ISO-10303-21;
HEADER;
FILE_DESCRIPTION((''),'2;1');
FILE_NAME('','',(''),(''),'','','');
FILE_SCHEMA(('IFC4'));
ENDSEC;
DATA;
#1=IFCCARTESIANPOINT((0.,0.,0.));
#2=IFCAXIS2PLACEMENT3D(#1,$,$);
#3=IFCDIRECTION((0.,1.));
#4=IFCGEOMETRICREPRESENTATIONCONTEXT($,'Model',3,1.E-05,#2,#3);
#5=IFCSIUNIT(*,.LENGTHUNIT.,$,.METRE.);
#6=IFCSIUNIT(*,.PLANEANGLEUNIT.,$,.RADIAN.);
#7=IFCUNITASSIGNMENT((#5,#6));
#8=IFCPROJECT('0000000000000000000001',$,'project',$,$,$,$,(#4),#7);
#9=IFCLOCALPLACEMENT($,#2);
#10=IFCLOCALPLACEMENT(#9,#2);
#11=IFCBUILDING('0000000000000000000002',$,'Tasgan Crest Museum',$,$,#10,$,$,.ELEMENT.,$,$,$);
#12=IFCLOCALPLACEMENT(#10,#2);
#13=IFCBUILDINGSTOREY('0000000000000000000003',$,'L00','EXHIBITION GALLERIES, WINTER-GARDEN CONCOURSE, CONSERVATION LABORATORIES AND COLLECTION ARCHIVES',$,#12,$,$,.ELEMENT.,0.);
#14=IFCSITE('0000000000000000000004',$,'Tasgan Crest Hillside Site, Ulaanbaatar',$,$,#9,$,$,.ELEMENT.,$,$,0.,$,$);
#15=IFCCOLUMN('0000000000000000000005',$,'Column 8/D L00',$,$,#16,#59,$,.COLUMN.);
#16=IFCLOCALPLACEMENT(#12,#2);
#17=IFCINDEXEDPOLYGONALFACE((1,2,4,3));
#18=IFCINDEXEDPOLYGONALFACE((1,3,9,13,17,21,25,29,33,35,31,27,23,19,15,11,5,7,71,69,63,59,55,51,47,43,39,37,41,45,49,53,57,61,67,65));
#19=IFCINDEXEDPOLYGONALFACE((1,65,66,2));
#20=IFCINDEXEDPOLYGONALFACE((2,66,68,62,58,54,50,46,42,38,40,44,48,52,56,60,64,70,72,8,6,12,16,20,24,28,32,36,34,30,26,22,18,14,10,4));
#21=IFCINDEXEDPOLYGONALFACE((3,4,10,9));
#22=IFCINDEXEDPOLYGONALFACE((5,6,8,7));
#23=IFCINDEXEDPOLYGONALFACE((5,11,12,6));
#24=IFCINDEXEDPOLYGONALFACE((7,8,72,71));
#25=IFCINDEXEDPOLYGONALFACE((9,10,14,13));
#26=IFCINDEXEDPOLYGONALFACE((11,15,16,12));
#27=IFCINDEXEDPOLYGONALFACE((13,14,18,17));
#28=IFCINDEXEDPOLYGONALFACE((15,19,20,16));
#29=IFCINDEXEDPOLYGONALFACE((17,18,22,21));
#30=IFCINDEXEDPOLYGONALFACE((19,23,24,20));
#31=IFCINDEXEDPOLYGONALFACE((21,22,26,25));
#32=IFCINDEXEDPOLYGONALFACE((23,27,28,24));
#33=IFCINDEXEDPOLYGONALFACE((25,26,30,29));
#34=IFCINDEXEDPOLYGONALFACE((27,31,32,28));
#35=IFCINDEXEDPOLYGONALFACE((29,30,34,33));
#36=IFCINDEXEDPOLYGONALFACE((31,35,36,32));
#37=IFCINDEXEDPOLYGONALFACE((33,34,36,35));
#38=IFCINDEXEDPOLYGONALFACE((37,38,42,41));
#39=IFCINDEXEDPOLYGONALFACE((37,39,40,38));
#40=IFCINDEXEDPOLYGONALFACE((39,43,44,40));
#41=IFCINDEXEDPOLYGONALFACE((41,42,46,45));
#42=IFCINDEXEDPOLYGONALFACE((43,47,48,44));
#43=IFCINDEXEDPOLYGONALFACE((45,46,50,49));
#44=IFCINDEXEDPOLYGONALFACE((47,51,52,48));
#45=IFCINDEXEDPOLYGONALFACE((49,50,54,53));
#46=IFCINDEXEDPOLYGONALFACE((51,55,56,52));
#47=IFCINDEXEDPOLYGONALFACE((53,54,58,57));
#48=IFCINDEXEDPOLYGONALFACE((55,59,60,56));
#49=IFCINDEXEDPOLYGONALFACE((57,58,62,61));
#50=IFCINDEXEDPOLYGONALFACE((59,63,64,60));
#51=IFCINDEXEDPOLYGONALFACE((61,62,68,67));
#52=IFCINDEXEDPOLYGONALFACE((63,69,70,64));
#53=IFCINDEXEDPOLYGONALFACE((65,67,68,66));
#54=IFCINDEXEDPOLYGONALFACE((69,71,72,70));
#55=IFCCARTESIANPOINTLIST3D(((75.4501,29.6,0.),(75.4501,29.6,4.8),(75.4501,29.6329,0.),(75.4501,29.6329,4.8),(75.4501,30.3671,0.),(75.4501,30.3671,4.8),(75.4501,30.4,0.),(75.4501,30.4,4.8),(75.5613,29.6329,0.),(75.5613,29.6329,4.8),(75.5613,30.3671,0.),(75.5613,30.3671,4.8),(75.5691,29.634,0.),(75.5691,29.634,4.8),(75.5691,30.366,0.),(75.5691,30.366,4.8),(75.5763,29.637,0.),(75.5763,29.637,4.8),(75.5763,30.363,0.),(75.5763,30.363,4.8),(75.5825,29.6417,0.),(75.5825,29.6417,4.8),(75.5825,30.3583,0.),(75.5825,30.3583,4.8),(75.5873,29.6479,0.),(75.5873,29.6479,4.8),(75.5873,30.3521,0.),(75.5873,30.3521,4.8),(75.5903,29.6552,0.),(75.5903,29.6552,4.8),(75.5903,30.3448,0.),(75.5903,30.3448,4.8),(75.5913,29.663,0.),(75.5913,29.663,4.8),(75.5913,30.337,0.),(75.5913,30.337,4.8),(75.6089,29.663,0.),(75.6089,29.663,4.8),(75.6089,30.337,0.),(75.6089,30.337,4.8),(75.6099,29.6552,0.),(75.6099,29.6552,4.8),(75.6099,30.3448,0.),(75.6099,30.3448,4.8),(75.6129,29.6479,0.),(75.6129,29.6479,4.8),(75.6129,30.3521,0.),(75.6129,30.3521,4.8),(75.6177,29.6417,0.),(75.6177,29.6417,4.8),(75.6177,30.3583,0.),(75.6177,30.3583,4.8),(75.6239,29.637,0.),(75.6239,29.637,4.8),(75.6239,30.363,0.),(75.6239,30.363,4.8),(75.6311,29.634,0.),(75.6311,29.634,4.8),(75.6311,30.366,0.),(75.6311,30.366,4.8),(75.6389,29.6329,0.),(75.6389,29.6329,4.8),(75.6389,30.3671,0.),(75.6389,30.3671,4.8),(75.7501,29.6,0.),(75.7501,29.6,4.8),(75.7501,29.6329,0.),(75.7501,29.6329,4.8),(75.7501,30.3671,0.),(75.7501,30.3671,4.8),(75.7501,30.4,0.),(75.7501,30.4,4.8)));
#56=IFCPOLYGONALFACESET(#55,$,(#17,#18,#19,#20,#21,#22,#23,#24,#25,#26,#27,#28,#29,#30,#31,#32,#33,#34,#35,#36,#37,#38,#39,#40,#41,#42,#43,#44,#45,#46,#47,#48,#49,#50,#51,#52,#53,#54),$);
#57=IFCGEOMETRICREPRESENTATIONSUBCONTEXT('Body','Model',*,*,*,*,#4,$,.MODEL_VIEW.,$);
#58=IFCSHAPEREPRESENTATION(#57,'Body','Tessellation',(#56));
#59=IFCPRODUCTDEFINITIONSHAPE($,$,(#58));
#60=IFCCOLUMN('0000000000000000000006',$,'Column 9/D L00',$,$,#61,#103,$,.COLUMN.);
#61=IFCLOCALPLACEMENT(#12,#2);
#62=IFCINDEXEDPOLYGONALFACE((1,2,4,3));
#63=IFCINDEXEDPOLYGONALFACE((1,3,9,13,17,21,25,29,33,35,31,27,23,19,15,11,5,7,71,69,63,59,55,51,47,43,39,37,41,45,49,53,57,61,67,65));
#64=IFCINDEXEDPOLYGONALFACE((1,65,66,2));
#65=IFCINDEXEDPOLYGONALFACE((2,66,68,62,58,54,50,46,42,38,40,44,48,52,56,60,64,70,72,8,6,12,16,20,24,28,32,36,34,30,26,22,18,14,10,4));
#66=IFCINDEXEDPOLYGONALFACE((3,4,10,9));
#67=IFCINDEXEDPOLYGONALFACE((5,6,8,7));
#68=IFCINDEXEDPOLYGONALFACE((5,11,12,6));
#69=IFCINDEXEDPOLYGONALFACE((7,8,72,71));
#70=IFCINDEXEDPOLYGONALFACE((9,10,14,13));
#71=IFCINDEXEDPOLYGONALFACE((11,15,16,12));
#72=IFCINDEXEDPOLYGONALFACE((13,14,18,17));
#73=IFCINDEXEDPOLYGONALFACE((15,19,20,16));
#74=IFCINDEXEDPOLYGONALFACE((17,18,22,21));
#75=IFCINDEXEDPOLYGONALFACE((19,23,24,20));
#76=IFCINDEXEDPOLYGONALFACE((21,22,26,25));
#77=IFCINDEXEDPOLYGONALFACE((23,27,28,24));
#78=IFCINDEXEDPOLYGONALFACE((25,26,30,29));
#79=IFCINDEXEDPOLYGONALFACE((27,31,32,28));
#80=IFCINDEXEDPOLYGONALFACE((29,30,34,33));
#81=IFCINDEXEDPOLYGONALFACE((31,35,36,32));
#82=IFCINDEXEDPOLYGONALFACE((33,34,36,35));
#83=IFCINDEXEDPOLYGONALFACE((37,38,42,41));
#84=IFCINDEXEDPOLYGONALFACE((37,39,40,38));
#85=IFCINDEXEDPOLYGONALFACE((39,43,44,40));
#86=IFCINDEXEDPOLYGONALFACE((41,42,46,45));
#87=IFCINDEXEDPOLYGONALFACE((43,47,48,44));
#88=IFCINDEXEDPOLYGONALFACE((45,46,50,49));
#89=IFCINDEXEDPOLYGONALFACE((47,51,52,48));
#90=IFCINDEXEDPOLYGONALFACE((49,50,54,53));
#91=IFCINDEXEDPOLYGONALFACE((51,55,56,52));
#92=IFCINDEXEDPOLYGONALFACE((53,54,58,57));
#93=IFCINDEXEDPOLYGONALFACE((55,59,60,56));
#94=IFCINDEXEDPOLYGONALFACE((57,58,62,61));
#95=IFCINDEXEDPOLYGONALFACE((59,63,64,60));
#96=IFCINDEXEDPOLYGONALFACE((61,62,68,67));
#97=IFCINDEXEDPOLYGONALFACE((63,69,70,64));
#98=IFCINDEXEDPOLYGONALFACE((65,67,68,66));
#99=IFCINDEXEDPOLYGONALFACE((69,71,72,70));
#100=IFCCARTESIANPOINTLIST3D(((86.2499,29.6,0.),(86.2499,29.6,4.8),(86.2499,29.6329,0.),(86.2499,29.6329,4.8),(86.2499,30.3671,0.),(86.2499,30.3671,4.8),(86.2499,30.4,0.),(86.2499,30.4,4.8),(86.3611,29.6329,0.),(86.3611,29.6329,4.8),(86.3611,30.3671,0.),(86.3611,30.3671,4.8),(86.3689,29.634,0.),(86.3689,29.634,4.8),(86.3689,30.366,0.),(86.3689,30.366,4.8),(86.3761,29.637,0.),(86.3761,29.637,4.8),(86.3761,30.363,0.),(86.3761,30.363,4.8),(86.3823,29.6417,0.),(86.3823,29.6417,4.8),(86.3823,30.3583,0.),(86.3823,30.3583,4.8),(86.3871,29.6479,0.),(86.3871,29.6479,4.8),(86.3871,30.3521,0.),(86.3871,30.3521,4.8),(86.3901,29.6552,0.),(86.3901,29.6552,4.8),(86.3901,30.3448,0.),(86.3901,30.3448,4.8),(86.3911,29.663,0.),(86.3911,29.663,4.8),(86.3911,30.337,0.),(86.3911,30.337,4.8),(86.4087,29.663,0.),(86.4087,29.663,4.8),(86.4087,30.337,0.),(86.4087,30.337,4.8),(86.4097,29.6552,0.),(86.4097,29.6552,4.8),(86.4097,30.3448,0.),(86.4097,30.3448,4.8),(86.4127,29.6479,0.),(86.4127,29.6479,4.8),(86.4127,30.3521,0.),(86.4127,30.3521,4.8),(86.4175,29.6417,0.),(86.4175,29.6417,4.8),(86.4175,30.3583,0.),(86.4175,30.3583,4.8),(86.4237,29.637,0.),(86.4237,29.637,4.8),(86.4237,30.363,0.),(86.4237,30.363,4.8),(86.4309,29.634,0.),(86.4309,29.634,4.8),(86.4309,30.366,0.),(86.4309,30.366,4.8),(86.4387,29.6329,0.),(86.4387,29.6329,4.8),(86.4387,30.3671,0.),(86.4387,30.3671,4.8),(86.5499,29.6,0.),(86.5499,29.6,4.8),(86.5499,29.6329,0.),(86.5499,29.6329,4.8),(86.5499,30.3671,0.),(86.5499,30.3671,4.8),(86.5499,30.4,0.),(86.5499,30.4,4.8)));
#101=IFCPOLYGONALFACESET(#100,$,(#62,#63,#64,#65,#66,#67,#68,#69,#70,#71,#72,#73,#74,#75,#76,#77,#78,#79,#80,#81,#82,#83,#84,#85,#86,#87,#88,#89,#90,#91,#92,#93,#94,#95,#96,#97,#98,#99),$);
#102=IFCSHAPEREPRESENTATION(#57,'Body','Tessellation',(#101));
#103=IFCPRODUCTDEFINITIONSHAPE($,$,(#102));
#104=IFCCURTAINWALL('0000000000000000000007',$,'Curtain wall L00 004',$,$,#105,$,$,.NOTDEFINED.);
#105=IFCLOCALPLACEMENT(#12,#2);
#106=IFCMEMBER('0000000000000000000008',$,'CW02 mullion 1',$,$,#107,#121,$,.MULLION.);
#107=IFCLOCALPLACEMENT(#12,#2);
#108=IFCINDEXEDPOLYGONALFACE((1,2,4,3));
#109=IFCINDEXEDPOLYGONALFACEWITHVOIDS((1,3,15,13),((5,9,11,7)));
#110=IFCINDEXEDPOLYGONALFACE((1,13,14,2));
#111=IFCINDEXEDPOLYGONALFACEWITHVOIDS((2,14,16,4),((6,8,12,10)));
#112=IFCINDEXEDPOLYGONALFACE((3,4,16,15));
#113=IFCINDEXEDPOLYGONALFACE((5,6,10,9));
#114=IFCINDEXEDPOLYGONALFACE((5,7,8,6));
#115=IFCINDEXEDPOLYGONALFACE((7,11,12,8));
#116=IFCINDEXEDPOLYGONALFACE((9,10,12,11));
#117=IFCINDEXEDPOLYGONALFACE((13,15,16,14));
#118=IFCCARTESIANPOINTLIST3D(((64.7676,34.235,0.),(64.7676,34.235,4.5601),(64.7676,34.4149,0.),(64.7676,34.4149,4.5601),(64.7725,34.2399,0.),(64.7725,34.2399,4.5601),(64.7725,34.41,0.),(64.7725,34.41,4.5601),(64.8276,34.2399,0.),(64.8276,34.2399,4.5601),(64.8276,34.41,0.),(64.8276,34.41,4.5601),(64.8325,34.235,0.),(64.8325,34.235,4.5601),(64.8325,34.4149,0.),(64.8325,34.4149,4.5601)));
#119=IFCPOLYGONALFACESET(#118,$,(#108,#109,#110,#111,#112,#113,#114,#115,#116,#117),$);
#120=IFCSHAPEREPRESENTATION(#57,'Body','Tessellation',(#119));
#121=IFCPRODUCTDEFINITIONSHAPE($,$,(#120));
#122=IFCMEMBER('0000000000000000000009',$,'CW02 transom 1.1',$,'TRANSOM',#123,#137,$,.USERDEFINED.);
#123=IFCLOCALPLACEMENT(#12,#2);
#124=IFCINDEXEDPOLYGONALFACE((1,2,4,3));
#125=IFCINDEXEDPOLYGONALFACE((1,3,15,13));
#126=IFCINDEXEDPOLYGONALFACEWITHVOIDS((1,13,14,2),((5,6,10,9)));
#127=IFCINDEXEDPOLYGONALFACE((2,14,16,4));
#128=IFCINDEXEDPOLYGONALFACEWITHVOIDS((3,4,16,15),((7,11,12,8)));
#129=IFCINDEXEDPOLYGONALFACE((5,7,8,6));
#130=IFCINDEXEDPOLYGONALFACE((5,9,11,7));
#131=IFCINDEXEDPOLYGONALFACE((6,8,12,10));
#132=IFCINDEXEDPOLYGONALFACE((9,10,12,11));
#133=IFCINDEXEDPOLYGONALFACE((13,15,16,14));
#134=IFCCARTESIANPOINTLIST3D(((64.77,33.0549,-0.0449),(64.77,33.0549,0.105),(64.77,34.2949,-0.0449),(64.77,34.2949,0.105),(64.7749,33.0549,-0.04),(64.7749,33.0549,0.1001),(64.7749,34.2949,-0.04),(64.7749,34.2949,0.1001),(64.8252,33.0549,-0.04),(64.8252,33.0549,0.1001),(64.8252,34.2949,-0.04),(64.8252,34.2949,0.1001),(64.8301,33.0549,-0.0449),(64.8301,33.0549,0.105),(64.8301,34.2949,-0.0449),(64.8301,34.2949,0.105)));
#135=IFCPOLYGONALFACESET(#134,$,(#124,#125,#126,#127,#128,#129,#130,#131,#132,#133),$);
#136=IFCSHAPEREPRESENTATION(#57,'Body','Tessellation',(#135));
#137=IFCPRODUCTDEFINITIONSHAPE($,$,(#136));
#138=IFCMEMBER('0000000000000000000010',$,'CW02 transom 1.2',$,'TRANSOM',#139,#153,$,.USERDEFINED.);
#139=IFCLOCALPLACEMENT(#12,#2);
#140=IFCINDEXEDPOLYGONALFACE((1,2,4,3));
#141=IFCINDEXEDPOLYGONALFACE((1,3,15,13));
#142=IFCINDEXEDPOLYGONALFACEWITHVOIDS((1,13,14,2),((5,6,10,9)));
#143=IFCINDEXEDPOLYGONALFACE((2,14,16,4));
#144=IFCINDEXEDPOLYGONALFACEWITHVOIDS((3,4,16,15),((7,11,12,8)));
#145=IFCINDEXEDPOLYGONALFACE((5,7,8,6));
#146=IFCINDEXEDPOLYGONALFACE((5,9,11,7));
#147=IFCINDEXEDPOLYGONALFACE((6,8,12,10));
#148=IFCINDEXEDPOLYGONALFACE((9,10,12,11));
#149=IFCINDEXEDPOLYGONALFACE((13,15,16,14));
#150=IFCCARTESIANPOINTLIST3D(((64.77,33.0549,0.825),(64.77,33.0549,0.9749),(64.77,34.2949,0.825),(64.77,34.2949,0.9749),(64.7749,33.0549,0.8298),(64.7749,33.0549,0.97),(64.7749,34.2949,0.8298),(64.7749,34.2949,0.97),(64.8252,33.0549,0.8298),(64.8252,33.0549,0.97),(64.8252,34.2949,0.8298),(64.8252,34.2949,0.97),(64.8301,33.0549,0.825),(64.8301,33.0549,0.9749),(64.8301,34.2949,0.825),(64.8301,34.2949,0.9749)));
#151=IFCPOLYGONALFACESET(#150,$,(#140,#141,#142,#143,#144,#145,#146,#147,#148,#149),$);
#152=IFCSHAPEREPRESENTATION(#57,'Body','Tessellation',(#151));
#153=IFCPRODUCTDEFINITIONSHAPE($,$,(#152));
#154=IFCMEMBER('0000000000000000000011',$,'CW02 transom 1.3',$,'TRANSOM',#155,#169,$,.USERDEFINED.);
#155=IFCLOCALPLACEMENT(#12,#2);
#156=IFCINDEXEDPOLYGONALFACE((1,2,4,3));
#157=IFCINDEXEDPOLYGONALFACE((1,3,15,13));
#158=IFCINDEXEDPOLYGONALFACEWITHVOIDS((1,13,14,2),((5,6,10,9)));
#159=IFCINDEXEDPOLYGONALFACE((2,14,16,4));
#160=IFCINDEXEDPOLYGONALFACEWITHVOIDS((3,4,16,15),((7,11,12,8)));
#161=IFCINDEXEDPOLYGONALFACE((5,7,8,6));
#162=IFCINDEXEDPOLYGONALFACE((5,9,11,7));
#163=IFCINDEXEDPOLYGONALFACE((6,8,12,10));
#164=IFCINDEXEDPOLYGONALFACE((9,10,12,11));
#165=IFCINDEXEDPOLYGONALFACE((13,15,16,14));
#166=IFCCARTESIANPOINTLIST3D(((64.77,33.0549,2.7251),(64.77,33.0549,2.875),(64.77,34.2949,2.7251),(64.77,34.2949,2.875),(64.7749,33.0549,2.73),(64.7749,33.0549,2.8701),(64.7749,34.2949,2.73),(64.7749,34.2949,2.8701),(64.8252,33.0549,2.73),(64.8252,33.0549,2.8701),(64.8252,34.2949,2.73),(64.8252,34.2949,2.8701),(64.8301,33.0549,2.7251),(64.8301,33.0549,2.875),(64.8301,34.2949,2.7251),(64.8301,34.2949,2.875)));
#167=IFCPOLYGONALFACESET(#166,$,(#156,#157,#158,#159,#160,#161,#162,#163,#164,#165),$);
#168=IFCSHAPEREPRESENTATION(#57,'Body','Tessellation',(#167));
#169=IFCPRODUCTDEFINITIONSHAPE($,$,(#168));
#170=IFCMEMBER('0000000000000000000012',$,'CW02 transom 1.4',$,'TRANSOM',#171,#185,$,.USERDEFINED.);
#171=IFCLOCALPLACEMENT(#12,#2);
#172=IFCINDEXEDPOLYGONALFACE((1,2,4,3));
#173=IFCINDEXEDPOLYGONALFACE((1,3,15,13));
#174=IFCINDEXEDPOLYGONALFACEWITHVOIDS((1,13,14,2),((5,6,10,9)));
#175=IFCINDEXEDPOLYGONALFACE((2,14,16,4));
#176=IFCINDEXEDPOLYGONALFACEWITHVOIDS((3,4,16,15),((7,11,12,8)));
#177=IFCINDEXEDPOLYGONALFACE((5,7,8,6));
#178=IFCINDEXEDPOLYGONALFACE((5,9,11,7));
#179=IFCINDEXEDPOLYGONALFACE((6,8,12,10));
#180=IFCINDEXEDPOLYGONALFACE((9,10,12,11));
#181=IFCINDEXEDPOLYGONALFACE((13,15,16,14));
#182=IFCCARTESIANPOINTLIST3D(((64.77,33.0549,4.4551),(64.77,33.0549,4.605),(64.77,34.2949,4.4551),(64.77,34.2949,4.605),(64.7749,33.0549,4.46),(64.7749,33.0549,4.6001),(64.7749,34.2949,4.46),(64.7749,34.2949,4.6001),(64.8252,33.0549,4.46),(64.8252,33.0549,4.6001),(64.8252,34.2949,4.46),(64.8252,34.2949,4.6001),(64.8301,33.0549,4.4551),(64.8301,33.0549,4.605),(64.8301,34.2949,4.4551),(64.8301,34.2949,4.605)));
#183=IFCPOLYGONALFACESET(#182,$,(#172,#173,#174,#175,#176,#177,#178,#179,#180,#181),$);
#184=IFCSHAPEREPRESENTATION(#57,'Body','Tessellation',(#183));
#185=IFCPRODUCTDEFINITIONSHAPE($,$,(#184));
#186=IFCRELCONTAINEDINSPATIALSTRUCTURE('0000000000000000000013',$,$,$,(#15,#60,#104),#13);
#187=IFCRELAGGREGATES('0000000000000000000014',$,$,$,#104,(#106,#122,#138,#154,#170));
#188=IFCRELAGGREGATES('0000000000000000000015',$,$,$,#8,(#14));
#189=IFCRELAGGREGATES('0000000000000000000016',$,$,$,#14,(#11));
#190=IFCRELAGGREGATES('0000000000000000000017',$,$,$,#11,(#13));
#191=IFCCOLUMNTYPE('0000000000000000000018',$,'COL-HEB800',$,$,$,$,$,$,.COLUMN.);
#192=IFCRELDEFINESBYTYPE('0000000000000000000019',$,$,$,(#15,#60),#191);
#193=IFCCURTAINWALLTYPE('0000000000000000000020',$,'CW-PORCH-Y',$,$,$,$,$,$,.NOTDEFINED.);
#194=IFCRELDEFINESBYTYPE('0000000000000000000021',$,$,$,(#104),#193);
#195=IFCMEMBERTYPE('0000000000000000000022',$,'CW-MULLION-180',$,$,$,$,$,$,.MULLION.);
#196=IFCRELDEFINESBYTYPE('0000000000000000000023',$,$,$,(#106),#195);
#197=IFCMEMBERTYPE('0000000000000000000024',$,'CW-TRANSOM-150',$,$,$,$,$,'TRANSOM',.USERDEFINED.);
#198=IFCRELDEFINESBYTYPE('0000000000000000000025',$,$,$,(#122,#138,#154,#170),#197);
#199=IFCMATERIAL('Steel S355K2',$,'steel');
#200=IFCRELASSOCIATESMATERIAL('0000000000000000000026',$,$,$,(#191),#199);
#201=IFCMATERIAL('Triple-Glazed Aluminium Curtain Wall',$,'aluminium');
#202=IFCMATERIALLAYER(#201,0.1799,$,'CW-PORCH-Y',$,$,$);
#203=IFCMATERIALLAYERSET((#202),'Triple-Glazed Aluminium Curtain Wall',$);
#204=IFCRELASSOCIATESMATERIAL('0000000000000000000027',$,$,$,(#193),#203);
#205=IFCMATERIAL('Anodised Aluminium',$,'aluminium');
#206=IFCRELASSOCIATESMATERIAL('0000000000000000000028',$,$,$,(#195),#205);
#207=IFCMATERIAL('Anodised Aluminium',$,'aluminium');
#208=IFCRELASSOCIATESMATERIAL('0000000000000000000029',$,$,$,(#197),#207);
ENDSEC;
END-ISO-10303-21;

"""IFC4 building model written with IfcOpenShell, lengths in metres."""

from ifc_helpers import new_model, si_unit, direction, frame, origin, origin_2d, place, context, subcontext, project, spatial, hollow_rectangle, i_section, extrude, material, layer, layer_set, material_profile, profile_set, type_object, element, aggregate, save


model = new_model("IFC4")

# Units and contexts
model_context = context("Model", 3, precision=1e-05, world=origin(), true_north=direction((0.0, 1.0)))
body_context = subcontext(model_context, "Body", "Model", "MODEL_VIEW")
ifc_project = project(units=[si_unit("LENGTHUNIT", "METRE"), si_unit("PLANEANGLEUNIT", "RADIAN")], contexts=[model_context])

# Site, building, storey
site_placement = place(None, origin())
site = spatial("IfcSite", under=ifc_project, at=site_placement, Name="Tasgan Crest Hillside Site, Ulaanbaatar", CompositionType="ELEMENT", RefElevation=0.0)
building_placement = place(site_placement, origin())
building = spatial("IfcBuilding", under=site, at=building_placement, Name="Tasgan Crest Museum", CompositionType="ELEMENT")
storey_placement = place(building_placement, origin())
storey = spatial("IfcBuildingStorey", under=building, at=storey_placement, Name="L00", Description="EXHIBITION GALLERIES, WINTER-GARDEN CONCOURSE, CONSERVATION LABORATORIES AND COLLECTION ARCHIVES", CompositionType="ELEMENT", Elevation=0.0)

# Columns
ifc_material_1 = material(Name="Steel S355K2", Category="steel")
ifc_material_profile_1 = material_profile(ifc_material_1, i_section(OverallWidth=0.3, OverallDepth=0.8, WebThickness=0.0176, FlangeThickness=0.033, FilletRadius=0.03, at=origin_2d()), Name="HEB 800")
ifc_profile_set_1 = profile_set([ifc_material_profile_1], Name="Steel S355K2")
column_type_1 = type_object("IfcColumnType", Name="COL-HEB800", PredefinedType="COLUMN", material=ifc_profile_set_1)
for number, where, z_axis, x_axis, name in (
    (1, (75.6001, 30.0, 0.0), (0.0, 0.0, 1.0), (1.0, 0.0, 0.0), "Column 8/D L00"),
    (2, (86.3999, 30.0, 0.0), (0.0, 0.0, 1.0), (1.0, 0.0, 0.0), "Column 9/D L00"),
):
    element("IfcColumn", number, at=place(storey_placement, frame(where, z_axis=z_axis, x_axis=x_axis)), inside=storey, type_object=column_type_1, Name=name, PredefinedType="COLUMN", context=body_context, shape_type="SweptSolid", body=[
        extrude(i_section(OverallWidth=0.3, OverallDepth=0.8, WebThickness=0.0176, FlangeThickness=0.033, FilletRadius=0.03, at=origin_2d()), origin(), (0.0, 0.0, 1.0), 4.8),
    ])

# Curtain wall, members
ifc_material_2 = material(Name="Triple-Glazed Aluminium Curtain Wall", Category="aluminium")
ifc_layer_1 = layer(ifc_material_2, 0.1799, Name="CW-PORCH-Y")
ifc_layer_set_1 = layer_set([ifc_layer_1], Name="Triple-Glazed Aluminium Curtain Wall")
curtain_wall_type = type_object("IfcCurtainWallType", Name="CW-PORCH-Y", PredefinedType="NOTDEFINED", material=ifc_layer_set_1)
curtain_wall_placement = place(storey_placement, origin())
curtain_wall = element("IfcCurtainWall", 3, at=curtain_wall_placement, inside=storey, type_object=curtain_wall_type, Name="Curtain wall L00 004", PredefinedType="NOTDEFINED")
ifc_material_3 = material(Name="Anodised Aluminium", Category="aluminium")
ifc_material_profile_2 = material_profile(ifc_material_3, hollow_rectangle(XDim=0.0649, YDim=0.1799, WallThickness=0.0049, at=origin_2d()), Name="ALU MULLION 180x65x5")
ifc_profile_set_2 = profile_set([ifc_material_profile_2], Name="Anodised Aluminium")
member_type_1 = type_object("IfcMemberType", Name="CW-MULLION-180", PredefinedType="MULLION", material=ifc_profile_set_2)
member_1_placement = place(storey_placement, frame((64.8, 34.325, 0.0), z_axis=(0.0, 0.0, 1.0), x_axis=(1.0, 0.0, 0.0)))
member_1 = element("IfcMember", 4, at=member_1_placement, type_object=member_type_1, Name="CW02 mullion 1", PredefinedType="MULLION", context=body_context, shape_type="SweptSolid", body=[
    extrude(hollow_rectangle(XDim=0.0649, YDim=0.1799, WallThickness=0.0049, at=origin_2d()), origin(), (0.0, 0.0, 1.0), 4.5601),
])
ifc_material_4 = material(Name="Anodised Aluminium", Category="aluminium")
ifc_material_profile_3 = material_profile(ifc_material_4, hollow_rectangle(XDim=0.0601, YDim=0.1499, WallThickness=0.0049, at=origin_2d()), Name="ALU TRANSOM 150x60x5")
ifc_profile_set_3 = profile_set([ifc_material_profile_3], Name="Anodised Aluminium")
member_type_2 = type_object("IfcMemberType", Name="CW-TRANSOM-150", ElementType="TRANSOM", PredefinedType="USERDEFINED", material=ifc_profile_set_3)
member_2_placement = place(storey_placement, frame((64.8, 34.2949, 0.03), z_axis=(0.0, -1.0, 0.0), x_axis=(1.0, 0.0, 0.0)))
member_2 = element("IfcMember", 5, at=member_2_placement, type_object=member_type_2, Name="CW02 transom 1.1", ObjectType="TRANSOM", PredefinedType="USERDEFINED", context=body_context, shape_type="SweptSolid", body=[
    extrude(hollow_rectangle(XDim=0.0601, YDim=0.1499, WallThickness=0.0049, at=origin_2d()), origin(), (0.0, 0.0, 1.0), 1.24),
])
member_3_placement = place(storey_placement, frame((64.8, 34.2949, 0.8999), z_axis=(0.0, -1.0, 0.0), x_axis=(1.0, 0.0, 0.0)))
member_3 = element("IfcMember", 6, at=member_3_placement, type_object=member_type_2, Name="CW02 transom 1.2", ObjectType="TRANSOM", PredefinedType="USERDEFINED", context=body_context, shape_type="SweptSolid", body=[
    extrude(hollow_rectangle(XDim=0.0601, YDim=0.1499, WallThickness=0.0049, at=origin_2d()), origin(), (0.0, 0.0, 1.0), 1.24),
])
member_4_placement = place(storey_placement, frame((64.8, 34.2949, 2.8), z_axis=(0.0, -1.0, 0.0), x_axis=(1.0, 0.0, 0.0)))
member_4 = element("IfcMember", 7, at=member_4_placement, type_object=member_type_2, Name="CW02 transom 1.3", ObjectType="TRANSOM", PredefinedType="USERDEFINED", context=body_context, shape_type="SweptSolid", body=[
    extrude(hollow_rectangle(XDim=0.0601, YDim=0.1499, WallThickness=0.0049, at=origin_2d()), origin(), (0.0, 0.0, 1.0), 1.24),
])
member_5_placement = place(storey_placement, frame((64.8, 34.2949, 4.53), z_axis=(0.0, -1.0, 0.0), x_axis=(1.0, 0.0, 0.0)))
member_5 = element("IfcMember", 8, at=member_5_placement, type_object=member_type_2, Name="CW02 transom 1.4", ObjectType="TRANSOM", PredefinedType="USERDEFINED", context=body_context, shape_type="SweptSolid", body=[
    extrude(hollow_rectangle(XDim=0.0601, YDim=0.1499, WallThickness=0.0049, at=origin_2d()), origin(), (0.0, 0.0, 1.0), 1.24),
])
aggregate(curtain_wall, [member_1, member_2, member_3, member_4, member_5])

save(model, "model.ifc")
